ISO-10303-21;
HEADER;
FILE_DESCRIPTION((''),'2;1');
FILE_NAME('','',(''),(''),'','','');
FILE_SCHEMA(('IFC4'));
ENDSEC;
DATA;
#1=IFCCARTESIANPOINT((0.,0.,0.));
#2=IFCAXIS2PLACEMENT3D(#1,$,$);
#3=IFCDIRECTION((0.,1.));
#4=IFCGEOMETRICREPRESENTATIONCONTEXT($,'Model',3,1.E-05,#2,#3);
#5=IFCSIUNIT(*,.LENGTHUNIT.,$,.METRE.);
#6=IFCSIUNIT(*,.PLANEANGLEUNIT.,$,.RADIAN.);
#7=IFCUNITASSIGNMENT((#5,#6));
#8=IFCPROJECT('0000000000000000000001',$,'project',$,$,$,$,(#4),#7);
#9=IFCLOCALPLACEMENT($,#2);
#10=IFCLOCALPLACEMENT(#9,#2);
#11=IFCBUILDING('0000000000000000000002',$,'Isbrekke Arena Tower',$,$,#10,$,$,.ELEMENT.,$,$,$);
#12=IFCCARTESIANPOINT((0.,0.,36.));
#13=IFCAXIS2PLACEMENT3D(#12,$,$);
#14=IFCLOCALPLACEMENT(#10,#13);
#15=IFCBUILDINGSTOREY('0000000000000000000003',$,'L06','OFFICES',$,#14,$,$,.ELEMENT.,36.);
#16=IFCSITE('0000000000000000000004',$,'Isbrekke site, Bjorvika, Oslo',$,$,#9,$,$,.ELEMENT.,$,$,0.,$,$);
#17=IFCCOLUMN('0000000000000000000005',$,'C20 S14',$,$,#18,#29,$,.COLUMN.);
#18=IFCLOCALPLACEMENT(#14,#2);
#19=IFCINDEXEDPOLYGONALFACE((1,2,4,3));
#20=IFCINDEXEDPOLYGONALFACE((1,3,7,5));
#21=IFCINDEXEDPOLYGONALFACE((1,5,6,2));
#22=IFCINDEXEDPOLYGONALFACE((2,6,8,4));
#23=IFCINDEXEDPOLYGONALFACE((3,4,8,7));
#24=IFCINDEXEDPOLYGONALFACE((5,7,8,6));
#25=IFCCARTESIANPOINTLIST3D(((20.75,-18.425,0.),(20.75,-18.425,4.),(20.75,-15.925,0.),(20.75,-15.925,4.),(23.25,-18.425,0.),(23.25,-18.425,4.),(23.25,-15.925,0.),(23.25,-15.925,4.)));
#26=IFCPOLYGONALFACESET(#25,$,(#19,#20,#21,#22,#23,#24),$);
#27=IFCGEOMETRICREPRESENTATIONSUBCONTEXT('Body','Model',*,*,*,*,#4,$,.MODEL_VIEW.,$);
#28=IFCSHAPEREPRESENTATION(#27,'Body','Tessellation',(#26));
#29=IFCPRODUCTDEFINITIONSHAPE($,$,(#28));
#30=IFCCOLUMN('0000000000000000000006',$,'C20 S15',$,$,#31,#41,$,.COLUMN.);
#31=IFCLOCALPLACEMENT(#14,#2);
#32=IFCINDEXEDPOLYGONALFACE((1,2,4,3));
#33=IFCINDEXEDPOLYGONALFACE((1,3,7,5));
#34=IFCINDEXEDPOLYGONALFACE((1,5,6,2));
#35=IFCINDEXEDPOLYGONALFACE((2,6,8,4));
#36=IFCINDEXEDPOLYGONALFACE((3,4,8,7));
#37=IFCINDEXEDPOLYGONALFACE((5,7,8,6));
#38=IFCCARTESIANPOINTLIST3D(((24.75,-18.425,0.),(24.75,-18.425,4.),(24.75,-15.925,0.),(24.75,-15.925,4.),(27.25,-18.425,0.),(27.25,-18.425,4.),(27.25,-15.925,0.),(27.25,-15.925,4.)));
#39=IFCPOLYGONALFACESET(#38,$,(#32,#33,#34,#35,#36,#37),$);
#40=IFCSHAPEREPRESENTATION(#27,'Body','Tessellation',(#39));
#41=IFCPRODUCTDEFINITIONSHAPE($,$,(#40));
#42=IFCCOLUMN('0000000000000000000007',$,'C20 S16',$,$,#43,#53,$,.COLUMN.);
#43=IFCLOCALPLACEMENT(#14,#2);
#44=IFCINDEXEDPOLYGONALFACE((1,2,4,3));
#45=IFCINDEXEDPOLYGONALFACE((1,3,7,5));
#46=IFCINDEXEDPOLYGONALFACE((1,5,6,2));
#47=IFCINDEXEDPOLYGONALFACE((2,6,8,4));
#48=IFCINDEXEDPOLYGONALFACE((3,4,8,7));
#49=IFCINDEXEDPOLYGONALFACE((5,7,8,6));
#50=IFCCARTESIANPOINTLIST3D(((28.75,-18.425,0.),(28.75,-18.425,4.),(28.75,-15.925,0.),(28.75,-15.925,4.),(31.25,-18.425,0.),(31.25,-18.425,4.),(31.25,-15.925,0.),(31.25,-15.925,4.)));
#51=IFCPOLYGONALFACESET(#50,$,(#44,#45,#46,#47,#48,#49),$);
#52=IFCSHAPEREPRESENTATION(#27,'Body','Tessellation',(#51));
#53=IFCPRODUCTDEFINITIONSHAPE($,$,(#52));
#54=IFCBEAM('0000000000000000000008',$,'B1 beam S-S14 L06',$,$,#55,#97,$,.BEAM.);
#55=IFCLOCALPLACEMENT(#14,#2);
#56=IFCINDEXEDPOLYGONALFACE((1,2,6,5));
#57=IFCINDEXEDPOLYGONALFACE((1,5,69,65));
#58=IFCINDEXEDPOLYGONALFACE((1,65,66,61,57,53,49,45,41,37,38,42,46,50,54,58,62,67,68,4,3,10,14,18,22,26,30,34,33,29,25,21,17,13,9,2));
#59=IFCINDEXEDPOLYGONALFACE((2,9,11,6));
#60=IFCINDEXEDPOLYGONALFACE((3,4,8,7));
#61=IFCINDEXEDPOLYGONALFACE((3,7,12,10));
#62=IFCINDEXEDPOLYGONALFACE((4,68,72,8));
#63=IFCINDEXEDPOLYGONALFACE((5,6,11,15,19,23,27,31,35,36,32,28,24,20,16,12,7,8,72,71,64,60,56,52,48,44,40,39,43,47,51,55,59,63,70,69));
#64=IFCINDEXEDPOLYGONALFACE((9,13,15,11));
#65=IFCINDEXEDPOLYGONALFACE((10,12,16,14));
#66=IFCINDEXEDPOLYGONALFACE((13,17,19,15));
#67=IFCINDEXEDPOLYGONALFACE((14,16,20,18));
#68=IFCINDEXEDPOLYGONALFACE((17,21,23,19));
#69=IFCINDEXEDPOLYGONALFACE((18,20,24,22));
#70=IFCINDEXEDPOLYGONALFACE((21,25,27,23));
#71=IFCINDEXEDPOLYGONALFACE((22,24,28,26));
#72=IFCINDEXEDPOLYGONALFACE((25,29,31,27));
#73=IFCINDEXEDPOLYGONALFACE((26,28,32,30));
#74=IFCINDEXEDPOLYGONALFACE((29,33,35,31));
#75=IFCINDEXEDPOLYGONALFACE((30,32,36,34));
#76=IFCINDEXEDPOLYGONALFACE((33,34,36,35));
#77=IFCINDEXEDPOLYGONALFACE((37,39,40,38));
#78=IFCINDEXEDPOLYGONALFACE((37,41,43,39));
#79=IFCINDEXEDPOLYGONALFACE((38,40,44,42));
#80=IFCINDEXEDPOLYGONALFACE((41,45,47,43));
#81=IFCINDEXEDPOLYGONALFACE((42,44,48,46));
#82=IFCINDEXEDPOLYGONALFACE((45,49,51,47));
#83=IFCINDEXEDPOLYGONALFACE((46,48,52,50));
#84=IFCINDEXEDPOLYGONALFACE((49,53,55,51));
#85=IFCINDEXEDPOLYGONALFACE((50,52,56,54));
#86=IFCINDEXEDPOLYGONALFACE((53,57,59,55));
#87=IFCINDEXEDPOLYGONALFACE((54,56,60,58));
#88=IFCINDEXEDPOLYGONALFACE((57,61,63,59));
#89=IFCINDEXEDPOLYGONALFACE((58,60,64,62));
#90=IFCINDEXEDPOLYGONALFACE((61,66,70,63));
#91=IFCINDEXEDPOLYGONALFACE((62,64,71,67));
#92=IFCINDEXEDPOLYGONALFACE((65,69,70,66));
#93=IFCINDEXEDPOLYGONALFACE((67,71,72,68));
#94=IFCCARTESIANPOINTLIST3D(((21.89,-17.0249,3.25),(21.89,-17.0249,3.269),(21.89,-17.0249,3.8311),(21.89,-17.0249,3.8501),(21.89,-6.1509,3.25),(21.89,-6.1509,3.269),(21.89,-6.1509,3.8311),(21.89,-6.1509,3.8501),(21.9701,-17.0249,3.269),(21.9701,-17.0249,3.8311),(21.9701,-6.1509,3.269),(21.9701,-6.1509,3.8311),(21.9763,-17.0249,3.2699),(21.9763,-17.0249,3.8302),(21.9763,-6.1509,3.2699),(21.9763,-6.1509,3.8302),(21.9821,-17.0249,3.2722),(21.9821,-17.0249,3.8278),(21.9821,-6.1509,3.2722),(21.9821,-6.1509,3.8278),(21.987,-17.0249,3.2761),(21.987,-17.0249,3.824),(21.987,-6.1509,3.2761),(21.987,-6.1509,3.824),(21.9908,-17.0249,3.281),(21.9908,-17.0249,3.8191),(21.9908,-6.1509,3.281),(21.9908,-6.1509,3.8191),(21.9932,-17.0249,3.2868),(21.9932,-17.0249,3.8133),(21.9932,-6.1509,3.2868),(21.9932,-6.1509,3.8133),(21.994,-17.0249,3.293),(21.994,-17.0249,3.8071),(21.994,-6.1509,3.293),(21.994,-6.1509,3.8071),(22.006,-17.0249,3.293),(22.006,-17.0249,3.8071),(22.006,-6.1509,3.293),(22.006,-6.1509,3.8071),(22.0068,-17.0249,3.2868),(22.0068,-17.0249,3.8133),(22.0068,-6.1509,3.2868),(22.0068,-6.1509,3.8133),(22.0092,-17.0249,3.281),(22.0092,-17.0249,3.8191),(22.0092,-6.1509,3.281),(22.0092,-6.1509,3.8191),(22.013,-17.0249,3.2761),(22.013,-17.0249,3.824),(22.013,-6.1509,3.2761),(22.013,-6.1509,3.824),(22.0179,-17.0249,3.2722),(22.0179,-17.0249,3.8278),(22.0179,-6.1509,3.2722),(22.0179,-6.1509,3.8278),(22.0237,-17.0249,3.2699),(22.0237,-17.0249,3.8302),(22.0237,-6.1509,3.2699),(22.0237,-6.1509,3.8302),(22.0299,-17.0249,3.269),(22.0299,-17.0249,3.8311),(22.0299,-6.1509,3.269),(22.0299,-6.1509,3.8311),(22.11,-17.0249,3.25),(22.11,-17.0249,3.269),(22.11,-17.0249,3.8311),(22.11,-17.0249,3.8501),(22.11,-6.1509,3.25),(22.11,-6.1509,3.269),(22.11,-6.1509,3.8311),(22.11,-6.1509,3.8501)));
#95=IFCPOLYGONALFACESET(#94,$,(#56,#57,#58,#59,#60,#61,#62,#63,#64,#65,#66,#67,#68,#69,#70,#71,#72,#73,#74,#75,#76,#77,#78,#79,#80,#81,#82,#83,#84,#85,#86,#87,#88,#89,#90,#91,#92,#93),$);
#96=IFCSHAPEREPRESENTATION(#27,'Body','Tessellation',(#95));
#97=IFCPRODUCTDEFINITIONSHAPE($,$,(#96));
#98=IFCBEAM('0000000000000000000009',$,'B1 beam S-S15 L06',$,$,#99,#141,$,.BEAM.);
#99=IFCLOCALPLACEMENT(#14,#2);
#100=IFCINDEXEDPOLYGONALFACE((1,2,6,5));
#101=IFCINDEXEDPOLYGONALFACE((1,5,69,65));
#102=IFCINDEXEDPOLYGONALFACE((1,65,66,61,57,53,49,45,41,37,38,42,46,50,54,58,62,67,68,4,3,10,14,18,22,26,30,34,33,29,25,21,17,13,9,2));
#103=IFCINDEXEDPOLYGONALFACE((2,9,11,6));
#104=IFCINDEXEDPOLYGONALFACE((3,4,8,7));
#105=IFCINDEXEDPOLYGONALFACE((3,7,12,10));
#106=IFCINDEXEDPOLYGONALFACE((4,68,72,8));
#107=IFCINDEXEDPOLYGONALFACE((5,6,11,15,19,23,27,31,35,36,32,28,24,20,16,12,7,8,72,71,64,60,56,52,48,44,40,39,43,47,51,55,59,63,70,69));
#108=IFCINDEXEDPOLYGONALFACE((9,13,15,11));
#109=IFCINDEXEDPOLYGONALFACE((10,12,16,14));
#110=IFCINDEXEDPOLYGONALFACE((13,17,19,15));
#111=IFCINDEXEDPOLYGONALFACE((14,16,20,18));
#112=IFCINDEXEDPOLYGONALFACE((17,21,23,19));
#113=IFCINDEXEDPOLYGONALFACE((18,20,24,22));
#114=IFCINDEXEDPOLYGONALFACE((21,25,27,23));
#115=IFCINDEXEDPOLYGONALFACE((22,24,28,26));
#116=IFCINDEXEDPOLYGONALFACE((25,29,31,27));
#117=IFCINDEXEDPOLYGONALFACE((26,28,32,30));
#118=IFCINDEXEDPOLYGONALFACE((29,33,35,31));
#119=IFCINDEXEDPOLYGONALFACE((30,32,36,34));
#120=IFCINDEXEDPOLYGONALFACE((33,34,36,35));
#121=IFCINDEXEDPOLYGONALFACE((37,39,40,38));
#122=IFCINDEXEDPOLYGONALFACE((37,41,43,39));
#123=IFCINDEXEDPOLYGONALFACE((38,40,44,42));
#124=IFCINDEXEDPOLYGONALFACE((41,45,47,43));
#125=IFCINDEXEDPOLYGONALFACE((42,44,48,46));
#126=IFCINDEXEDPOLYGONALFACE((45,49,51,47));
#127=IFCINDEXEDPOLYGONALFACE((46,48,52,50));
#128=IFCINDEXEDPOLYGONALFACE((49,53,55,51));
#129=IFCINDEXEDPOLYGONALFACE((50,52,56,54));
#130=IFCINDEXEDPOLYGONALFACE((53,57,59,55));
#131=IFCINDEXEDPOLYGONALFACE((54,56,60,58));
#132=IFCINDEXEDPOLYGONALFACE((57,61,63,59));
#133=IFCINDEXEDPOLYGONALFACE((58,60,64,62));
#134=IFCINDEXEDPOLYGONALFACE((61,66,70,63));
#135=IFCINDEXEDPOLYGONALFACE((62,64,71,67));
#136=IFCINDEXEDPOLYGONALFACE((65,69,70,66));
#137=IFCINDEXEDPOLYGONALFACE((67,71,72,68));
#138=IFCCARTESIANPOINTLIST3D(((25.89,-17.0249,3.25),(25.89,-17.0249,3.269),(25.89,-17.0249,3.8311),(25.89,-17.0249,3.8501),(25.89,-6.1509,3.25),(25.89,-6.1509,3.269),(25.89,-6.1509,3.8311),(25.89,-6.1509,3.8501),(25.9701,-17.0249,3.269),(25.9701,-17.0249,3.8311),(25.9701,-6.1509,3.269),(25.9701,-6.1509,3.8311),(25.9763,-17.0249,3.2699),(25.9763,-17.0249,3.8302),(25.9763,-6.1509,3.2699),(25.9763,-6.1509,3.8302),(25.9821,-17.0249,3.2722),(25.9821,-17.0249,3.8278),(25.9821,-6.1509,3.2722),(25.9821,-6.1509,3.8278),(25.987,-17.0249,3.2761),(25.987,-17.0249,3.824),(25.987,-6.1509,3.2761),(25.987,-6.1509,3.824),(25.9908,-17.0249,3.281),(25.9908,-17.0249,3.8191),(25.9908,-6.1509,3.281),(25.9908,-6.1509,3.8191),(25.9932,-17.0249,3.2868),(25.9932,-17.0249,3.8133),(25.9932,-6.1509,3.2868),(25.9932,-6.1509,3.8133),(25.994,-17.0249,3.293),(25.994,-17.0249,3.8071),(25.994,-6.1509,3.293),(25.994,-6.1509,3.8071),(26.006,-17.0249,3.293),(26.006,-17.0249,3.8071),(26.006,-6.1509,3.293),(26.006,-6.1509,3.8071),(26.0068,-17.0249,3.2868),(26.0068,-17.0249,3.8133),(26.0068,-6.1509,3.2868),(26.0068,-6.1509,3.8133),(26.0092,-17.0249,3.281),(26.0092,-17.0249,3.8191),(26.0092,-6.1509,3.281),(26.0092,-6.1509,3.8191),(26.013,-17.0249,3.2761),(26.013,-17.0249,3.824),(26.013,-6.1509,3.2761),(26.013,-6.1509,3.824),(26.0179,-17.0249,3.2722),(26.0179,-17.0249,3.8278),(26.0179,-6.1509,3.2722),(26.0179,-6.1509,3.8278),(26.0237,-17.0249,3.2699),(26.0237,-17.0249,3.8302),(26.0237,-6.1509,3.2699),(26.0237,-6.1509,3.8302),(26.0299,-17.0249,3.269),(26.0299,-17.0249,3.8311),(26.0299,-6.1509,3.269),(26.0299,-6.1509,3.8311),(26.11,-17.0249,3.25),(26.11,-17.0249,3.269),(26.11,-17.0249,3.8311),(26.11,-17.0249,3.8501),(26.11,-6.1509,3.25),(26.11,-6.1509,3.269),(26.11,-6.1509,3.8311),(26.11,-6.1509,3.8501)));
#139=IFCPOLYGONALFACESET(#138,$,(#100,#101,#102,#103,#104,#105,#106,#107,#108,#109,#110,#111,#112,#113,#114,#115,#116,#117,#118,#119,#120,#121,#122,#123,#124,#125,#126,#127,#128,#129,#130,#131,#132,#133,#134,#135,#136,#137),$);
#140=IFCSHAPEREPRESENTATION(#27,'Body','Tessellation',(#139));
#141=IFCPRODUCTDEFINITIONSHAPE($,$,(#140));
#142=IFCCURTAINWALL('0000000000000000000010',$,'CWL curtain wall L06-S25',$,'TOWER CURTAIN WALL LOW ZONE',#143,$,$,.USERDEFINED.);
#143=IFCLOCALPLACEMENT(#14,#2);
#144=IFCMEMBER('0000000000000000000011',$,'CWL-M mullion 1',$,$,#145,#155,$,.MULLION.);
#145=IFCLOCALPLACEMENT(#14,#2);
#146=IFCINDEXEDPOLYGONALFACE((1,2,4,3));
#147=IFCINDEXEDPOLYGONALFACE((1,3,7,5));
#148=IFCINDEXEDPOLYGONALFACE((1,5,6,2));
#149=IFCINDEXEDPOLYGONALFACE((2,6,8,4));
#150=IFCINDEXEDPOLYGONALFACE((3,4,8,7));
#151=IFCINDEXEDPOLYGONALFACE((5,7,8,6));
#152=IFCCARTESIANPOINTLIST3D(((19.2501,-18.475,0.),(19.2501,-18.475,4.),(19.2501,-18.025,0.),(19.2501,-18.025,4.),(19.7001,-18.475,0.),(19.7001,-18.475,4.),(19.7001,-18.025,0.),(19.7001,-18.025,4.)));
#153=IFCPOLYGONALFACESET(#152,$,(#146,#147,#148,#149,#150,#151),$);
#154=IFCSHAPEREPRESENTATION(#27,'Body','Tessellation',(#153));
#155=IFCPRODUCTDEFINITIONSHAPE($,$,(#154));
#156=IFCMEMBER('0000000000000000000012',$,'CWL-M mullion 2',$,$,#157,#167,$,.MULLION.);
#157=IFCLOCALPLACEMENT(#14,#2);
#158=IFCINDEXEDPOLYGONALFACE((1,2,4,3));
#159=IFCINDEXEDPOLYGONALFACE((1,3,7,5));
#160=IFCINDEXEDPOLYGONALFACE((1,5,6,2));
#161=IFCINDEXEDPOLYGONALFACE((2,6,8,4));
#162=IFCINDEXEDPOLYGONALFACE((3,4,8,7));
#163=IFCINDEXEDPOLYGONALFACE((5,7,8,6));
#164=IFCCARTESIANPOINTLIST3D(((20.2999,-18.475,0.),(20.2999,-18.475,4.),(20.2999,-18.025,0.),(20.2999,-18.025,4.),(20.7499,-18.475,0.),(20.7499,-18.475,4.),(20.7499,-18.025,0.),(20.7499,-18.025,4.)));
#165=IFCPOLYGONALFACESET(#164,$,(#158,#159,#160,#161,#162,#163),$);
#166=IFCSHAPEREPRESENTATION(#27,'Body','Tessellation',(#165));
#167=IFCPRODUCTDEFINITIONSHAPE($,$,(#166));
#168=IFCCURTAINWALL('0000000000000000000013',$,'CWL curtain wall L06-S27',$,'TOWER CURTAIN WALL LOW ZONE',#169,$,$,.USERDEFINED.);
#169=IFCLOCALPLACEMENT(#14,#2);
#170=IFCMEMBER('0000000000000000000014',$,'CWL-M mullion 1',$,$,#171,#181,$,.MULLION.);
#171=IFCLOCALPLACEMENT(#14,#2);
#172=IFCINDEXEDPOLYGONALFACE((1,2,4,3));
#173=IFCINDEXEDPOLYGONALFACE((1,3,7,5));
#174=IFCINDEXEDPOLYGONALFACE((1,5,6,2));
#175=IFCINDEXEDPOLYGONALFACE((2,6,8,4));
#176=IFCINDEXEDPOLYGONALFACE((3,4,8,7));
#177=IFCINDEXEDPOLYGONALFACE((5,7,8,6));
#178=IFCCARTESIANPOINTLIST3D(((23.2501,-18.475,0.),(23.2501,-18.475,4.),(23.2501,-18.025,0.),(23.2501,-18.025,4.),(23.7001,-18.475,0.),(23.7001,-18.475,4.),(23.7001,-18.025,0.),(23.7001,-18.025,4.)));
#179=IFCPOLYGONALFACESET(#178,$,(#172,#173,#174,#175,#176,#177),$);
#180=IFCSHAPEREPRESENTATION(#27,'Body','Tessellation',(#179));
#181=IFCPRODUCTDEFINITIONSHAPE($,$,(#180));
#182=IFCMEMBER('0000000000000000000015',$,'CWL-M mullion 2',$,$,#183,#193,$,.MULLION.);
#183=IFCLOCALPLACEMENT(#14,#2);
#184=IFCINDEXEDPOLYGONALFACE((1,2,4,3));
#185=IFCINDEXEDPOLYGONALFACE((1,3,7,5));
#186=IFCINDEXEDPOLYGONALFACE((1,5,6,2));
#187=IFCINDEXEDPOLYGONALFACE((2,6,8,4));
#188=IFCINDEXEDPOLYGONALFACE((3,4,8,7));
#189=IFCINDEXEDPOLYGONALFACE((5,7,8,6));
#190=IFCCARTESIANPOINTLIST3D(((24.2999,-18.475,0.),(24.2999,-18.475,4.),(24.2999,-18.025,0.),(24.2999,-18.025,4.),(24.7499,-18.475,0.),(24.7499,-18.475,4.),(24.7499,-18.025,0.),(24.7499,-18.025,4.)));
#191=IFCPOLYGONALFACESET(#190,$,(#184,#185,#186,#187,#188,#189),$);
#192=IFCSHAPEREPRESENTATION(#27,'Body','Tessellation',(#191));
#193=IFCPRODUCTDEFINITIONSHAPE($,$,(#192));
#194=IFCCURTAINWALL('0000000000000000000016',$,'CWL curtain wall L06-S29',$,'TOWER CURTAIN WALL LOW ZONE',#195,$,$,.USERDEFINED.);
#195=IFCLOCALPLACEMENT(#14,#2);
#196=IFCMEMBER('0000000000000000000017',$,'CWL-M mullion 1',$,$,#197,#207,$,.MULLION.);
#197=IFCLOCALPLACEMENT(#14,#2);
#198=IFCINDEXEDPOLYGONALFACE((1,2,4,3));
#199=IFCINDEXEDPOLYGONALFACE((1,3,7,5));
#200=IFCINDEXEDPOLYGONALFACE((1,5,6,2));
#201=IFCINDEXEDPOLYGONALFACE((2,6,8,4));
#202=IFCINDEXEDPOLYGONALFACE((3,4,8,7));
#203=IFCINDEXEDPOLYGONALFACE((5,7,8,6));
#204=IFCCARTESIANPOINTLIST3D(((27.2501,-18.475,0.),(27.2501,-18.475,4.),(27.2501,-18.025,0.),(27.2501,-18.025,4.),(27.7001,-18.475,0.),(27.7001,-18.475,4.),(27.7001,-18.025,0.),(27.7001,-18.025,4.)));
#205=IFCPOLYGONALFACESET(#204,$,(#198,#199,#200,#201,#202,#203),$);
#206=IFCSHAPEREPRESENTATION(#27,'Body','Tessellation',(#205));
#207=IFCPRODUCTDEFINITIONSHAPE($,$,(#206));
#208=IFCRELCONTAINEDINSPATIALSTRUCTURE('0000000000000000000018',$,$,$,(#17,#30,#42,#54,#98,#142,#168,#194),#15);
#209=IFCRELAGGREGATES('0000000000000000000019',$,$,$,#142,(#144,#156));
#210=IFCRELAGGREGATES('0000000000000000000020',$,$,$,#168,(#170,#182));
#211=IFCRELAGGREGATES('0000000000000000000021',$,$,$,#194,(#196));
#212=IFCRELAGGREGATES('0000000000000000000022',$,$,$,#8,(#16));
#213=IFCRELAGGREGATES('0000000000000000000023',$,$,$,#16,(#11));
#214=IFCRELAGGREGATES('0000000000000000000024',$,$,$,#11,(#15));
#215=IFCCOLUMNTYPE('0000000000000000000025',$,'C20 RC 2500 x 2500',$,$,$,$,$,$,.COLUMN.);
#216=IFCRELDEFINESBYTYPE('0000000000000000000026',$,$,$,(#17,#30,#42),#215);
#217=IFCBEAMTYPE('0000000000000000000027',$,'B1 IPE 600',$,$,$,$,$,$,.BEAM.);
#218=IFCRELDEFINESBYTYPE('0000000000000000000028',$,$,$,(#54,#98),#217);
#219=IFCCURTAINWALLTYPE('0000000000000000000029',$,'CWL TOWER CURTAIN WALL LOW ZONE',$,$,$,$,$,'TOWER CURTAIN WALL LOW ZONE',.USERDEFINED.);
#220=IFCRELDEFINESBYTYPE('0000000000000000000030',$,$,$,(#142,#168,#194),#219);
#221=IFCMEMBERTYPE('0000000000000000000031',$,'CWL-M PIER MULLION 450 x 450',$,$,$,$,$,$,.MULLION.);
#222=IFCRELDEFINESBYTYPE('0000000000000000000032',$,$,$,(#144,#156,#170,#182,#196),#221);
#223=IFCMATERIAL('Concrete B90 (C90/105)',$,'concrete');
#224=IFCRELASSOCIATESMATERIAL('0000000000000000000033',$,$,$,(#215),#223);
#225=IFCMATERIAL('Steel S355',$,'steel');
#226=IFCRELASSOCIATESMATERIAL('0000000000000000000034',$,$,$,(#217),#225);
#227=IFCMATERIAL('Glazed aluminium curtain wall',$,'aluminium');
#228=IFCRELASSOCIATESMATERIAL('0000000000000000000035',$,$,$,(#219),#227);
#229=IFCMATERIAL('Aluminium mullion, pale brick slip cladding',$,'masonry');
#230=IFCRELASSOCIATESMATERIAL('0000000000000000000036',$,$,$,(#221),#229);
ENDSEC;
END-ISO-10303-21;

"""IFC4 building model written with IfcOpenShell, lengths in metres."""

from ifc_helpers import new_model, si_unit, direction, frame, origin, origin_2d, place, context, subcontext, project, spatial, rectangle, i_section, extrude, material, material_profile, profile_set, type_object, element, aggregate, save


model = new_model("IFC4")

# Units and contexts
model_context = context("Model", 3, precision=1e-05, world=origin(), true_north=direction((0.0, 1.0)))
body_context = subcontext(model_context, "Body", "Model", "MODEL_VIEW")
ifc_project = project(units=[si_unit("LENGTHUNIT", "METRE"), si_unit("PLANEANGLEUNIT", "RADIAN")], contexts=[model_context])

# Site, building, storey
site_placement = place(None, origin())
site = spatial("IfcSite", under=ifc_project, at=site_placement, Name="Isbrekke site, Bjorvika, Oslo", CompositionType="ELEMENT", RefElevation=0.0)
building_placement = place(site_placement, origin())
building = spatial("IfcBuilding", under=site, at=building_placement, Name="Isbrekke Arena Tower", CompositionType="ELEMENT")
storey_placement = place(building_placement, frame((0.0, 0.0, 36.0)))
storey = spatial("IfcBuildingStorey", under=building, at=storey_placement, Name="L06", Description="OFFICES", CompositionType="ELEMENT", Elevation=36.0)

# Columns
ifc_material_1 = material(Name="Concrete B90 (C90/105)", Category="concrete")
ifc_material_profile_1 = material_profile(ifc_material_1, rectangle(XDim=2.5, YDim=2.5, at=origin_2d()), Name="RC 2500x2500")
ifc_profile_set_1 = profile_set([ifc_material_profile_1], Name="Concrete B90 (C90/105)")
column_type = type_object("IfcColumnType", Name="C20 RC 2500 x 2500", PredefinedType="COLUMN", material=ifc_profile_set_1)
for number, where, z_axis, x_axis, name in (
    (1, (22.0, -17.175, 0.0), (0.0, 0.0, 1.0), (1.0, 0.0, 0.0), "C20 S14"),
    (2, (26.0, -17.175, 0.0), (0.0, 0.0, 1.0), (1.0, 0.0, 0.0), "C20 S15"),
    (3, (30.0, -17.175, 0.0), (0.0, 0.0, 1.0), (1.0, 0.0, 0.0), "C20 S16"),
):
    element("IfcColumn", number, at=place(storey_placement, frame(where, z_axis=z_axis, x_axis=x_axis)), inside=storey, type_object=column_type, Name=name, PredefinedType="COLUMN", context=body_context, shape_type="SweptSolid", body=[
        extrude(rectangle(XDim=2.5, YDim=2.5, at=origin_2d()), origin(), (0.0, 0.0, 1.0), 4.0),
    ])

# Beams
ifc_material_2 = material(Name="Steel S355", Category="steel")
ifc_material_profile_2 = material_profile(ifc_material_2, i_section(OverallWidth=0.22, OverallDepth=0.6001, WebThickness=0.012, FlangeThickness=0.019, FilletRadius=0.0239, at=origin_2d()), Name="IPE 600")
ifc_profile_set_2 = profile_set([ifc_material_profile_2], Name="Steel S355")
beam_type_1 = type_object("IfcBeamType", Name="B1 IPE 600", PredefinedType="BEAM", material=ifc_profile_set_2)
for number, where, z_axis, x_axis, name in (
    (4, (22.0, -17.0249, 3.55), (0.0, 1.0, 0.0), (-1.0, 0.0, 0.0), "B1 beam S-S14 L06"),
    (5, (26.0, -17.0249, 3.55), (0.0, 1.0, 0.0), (-1.0, 0.0, 0.0), "B1 beam S-S15 L06"),
):
    element("IfcBeam", number, at=place(storey_placement, frame(where, z_axis=z_axis, x_axis=x_axis)), inside=storey, type_object=beam_type_1, Name=name, PredefinedType="BEAM", context=body_context, shape_type="SweptSolid", body=[
        extrude(i_section(OverallWidth=0.22, OverallDepth=0.6001, WebThickness=0.012, FlangeThickness=0.019, FilletRadius=0.0239, at=origin_2d()), origin(), (0.0, 0.0, 1.0), 10.874),
    ])

# Curtain walls, members
ifc_material_3 = material(Name="Glazed aluminium curtain wall", Category="aluminium")
curtain_wall_type = type_object("IfcCurtainWallType", Name="CWL TOWER CURTAIN WALL LOW ZONE", ElementType="TOWER CURTAIN WALL LOW ZONE", PredefinedType="USERDEFINED", material=ifc_material_3)
curtain_wall_1_placement = place(storey_placement, origin())
curtain_wall_1 = element("IfcCurtainWall", 6, at=curtain_wall_1_placement, inside=storey, type_object=curtain_wall_type, Name="CWL curtain wall L06-S25", ObjectType="TOWER CURTAIN WALL LOW ZONE", PredefinedType="USERDEFINED")
ifc_material_4 = material(Name="Aluminium mullion, pale brick slip cladding", Category="masonry")
ifc_material_profile_3 = material_profile(ifc_material_4, rectangle(XDim=0.45, YDim=0.45, at=origin_2d()), Name="PIER 450X450")
ifc_profile_set_3 = profile_set([ifc_material_profile_3], Name="Aluminium mullion, pale brick slip cladding")
member_type_1 = type_object("IfcMemberType", Name="CWL-M PIER MULLION 450 x 450", PredefinedType="MULLION", material=ifc_profile_set_3)
member_1_placement = place(storey_placement, frame((19.4751, -18.25, 0.0), z_axis=(0.0, 0.0, 1.0), x_axis=(1.0, 0.0, 0.0)))
member_1 = element("IfcMember", 7, at=member_1_placement, type_object=member_type_1, Name="CWL-M mullion 1", PredefinedType="MULLION", context=body_context, shape_type="SweptSolid", body=[
    extrude(rectangle(XDim=0.45, YDim=0.45, at=origin_2d()), origin(), (0.0, 0.0, 1.0), 4.0),
])
member_2_placement = place(storey_placement, frame((20.5249, -18.25, 0.0), z_axis=(0.0, 0.0, 1.0), x_axis=(1.0, 0.0, 0.0)))
member_2 = element("IfcMember", 8, at=member_2_placement, type_object=member_type_1, Name="CWL-M mullion 2", PredefinedType="MULLION", context=body_context, shape_type="SweptSolid", body=[
    extrude(rectangle(XDim=0.45, YDim=0.45, at=origin_2d()), origin(), (0.0, 0.0, 1.0), 4.0),
])
curtain_wall_2_placement = place(storey_placement, origin())
curtain_wall_2 = element("IfcCurtainWall", 9, at=curtain_wall_2_placement, inside=storey, type_object=curtain_wall_type, Name="CWL curtain wall L06-S27", ObjectType="TOWER CURTAIN WALL LOW ZONE", PredefinedType="USERDEFINED")
member_3_placement = place(storey_placement, frame((23.4751, -18.25, 0.0), z_axis=(0.0, 0.0, 1.0), x_axis=(1.0, 0.0, 0.0)))
member_3 = element("IfcMember", 10, at=member_3_placement, type_object=member_type_1, Name="CWL-M mullion 1", PredefinedType="MULLION", context=body_context, shape_type="SweptSolid", body=[
    extrude(rectangle(XDim=0.45, YDim=0.45, at=origin_2d()), origin(), (0.0, 0.0, 1.0), 4.0),
])
member_4_placement = place(storey_placement, frame((24.5249, -18.25, 0.0), z_axis=(0.0, 0.0, 1.0), x_axis=(1.0, 0.0, 0.0)))
member_4 = element("IfcMember", 11, at=member_4_placement, type_object=member_type_1, Name="CWL-M mullion 2", PredefinedType="MULLION", context=body_context, shape_type="SweptSolid", body=[
    extrude(rectangle(XDim=0.45, YDim=0.45, at=origin_2d()), origin(), (0.0, 0.0, 1.0), 4.0),
])
curtain_wall_3_placement = place(storey_placement, origin())
curtain_wall_3 = element("IfcCurtainWall", 12, at=curtain_wall_3_placement, inside=storey, type_object=curtain_wall_type, Name="CWL curtain wall L06-S29", ObjectType="TOWER CURTAIN WALL LOW ZONE", PredefinedType="USERDEFINED")
member_5_placement = place(storey_placement, frame((27.4751, -18.25, 0.0), z_axis=(0.0, 0.0, 1.0), x_axis=(1.0, 0.0, 0.0)))
member_5 = element("IfcMember", 13, at=member_5_placement, type_object=member_type_1, Name="CWL-M mullion 1", PredefinedType="MULLION", context=body_context, shape_type="SweptSolid", body=[
    extrude(rectangle(XDim=0.45, YDim=0.45, at=origin_2d()), origin(), (0.0, 0.0, 1.0), 4.0),
])

aggregate(curtain_wall_1, [member_1, member_2])
aggregate(curtain_wall_2, [member_3, member_4])
aggregate(curtain_wall_3, [member_5])

save(model, "model.ifc")
